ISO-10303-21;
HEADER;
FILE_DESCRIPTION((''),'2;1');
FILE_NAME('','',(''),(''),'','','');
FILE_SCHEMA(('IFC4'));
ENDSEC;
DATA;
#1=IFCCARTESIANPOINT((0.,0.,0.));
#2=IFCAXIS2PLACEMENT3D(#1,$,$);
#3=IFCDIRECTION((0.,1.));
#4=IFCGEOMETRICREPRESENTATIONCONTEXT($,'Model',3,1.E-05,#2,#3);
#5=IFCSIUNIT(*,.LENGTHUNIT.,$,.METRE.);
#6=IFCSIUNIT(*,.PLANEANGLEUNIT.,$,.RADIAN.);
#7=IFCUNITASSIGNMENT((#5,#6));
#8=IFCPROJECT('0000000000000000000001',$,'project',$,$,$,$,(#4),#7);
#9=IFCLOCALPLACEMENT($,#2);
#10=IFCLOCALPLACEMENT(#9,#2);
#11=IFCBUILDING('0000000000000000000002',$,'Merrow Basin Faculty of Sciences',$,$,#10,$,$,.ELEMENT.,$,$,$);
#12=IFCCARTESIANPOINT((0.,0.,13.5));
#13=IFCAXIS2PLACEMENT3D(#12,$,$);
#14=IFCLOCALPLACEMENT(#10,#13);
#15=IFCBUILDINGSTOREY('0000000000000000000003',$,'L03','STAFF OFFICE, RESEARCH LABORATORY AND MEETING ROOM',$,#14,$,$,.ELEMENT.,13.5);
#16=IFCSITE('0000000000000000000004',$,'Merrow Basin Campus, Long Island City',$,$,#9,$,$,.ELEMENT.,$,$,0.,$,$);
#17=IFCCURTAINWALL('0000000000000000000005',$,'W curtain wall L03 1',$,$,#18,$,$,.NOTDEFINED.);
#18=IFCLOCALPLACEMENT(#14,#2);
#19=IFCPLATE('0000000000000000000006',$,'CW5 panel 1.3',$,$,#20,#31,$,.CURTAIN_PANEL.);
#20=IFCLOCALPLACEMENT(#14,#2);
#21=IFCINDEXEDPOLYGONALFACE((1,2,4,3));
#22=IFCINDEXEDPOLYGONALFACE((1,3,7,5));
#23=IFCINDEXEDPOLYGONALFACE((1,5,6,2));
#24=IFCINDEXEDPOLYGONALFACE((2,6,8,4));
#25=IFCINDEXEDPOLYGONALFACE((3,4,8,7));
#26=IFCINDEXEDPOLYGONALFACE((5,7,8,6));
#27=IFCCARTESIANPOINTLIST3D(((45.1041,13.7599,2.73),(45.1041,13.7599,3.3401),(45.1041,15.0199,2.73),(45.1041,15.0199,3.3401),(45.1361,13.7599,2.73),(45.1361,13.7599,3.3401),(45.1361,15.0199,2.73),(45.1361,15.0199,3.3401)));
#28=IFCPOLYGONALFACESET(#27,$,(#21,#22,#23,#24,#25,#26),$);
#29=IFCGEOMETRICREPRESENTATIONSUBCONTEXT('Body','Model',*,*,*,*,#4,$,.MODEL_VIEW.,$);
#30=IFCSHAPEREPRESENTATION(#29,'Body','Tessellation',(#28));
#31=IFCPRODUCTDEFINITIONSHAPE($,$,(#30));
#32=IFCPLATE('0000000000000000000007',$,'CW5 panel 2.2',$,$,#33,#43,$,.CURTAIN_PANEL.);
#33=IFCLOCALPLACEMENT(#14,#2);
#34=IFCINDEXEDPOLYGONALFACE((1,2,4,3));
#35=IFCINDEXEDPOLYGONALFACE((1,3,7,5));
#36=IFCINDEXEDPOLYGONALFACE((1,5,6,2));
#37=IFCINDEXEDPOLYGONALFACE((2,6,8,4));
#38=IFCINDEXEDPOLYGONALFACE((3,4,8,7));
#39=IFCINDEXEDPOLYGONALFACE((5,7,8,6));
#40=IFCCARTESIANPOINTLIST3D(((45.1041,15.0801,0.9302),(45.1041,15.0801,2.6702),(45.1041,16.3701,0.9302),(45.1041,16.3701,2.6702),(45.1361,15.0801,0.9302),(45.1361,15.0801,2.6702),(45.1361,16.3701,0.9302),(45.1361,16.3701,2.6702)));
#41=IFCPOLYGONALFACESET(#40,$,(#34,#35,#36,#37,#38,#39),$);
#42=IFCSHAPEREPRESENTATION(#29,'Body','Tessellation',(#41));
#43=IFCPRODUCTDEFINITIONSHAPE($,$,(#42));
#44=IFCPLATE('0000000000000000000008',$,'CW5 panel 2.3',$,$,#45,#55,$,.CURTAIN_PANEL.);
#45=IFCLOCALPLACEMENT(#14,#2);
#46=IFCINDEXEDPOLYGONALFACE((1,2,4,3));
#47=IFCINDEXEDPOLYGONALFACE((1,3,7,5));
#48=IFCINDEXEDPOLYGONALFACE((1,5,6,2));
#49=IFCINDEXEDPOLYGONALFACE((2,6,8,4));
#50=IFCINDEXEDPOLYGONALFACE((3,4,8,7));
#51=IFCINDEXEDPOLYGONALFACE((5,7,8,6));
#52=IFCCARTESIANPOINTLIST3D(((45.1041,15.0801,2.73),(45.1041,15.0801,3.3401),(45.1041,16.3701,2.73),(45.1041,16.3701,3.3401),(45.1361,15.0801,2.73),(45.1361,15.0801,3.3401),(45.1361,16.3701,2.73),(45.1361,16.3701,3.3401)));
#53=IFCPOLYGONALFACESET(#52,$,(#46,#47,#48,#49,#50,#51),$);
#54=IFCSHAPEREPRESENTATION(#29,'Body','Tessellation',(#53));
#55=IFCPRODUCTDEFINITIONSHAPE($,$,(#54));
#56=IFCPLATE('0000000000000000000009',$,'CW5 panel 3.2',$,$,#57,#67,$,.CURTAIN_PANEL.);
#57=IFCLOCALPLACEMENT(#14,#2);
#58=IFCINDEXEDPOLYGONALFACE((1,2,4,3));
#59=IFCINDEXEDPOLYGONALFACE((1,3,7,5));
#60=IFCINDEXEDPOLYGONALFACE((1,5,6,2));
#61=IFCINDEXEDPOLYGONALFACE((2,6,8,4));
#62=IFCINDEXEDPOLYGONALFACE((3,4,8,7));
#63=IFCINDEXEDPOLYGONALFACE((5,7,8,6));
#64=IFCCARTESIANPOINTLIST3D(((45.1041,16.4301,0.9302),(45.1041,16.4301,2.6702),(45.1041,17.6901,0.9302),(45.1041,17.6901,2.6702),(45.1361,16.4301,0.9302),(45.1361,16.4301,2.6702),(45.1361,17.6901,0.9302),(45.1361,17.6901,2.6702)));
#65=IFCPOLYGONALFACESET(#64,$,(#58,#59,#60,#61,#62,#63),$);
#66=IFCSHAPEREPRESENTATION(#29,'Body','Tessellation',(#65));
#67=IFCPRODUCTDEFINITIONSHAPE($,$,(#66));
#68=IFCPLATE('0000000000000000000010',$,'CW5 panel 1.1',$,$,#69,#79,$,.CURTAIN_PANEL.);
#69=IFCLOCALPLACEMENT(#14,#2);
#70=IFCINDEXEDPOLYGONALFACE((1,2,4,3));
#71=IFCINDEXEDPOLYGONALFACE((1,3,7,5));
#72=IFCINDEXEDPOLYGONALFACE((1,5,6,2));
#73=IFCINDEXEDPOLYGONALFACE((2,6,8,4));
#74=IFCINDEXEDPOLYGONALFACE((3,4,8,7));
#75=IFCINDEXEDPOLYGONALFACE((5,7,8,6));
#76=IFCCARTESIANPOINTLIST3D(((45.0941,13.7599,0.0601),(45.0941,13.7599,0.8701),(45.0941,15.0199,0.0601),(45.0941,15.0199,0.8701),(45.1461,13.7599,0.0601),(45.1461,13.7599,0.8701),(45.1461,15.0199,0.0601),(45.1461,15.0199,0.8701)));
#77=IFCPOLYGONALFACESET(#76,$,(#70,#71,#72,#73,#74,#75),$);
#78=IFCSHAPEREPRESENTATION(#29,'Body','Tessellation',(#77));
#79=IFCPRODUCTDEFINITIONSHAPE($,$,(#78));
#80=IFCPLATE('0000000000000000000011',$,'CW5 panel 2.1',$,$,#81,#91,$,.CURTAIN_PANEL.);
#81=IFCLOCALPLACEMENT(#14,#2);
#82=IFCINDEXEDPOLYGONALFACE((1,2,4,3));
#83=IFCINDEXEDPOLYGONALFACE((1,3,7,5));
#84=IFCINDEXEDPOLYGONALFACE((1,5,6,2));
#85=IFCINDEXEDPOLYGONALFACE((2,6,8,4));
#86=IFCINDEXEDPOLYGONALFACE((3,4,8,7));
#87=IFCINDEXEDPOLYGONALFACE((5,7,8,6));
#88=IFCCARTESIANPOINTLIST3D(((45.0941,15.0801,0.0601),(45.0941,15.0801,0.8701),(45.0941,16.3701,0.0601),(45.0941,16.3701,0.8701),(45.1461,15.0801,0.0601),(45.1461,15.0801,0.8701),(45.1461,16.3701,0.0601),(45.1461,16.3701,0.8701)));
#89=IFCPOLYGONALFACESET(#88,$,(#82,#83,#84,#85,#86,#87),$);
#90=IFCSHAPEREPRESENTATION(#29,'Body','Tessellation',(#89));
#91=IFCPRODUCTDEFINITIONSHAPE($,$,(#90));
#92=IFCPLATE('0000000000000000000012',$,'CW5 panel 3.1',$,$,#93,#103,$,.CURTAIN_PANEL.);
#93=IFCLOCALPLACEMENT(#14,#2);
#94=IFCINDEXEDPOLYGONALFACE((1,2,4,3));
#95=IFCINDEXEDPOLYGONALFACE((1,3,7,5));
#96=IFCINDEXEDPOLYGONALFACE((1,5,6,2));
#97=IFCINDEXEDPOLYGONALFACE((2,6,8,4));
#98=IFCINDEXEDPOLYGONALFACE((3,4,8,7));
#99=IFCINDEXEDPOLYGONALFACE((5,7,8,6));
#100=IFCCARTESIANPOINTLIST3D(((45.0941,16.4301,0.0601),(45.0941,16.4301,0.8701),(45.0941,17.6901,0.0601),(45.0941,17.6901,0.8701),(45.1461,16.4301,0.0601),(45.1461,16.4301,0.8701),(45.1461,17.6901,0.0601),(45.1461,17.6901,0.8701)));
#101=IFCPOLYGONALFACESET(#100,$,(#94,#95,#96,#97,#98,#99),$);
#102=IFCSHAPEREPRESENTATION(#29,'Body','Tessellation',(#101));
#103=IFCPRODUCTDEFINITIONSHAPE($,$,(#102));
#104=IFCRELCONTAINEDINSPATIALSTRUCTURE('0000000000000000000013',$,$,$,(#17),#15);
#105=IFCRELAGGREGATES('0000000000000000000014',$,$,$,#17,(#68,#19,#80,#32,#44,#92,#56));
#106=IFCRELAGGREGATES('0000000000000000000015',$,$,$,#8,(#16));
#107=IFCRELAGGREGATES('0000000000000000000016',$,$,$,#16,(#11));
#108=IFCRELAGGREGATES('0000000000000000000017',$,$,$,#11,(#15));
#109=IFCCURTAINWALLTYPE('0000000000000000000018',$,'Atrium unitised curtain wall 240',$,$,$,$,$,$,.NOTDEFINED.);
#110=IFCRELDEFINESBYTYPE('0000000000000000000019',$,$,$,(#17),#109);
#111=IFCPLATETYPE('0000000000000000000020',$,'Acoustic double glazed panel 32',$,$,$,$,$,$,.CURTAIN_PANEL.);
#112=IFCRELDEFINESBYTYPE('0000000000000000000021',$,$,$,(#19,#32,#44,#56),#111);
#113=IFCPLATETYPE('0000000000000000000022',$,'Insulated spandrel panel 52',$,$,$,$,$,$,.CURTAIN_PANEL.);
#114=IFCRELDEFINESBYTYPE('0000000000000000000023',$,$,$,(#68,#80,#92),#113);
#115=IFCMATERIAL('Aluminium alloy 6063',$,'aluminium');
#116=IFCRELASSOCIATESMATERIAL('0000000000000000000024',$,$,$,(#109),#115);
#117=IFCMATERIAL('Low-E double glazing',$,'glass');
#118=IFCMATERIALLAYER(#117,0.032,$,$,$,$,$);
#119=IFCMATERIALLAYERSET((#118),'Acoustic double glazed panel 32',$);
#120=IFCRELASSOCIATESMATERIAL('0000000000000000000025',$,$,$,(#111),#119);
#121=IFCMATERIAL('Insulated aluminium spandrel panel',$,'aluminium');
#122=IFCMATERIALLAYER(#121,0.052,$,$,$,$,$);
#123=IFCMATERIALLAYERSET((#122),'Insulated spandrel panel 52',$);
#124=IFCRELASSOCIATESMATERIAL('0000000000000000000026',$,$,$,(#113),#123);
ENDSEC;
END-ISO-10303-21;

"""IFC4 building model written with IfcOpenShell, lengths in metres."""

from ifc_helpers import new_model, si_unit, direction, frame, origin, origin_2d, place, context, subcontext, project, spatial, rectangle, extrude, material, layer, layer_set, type_object, element, aggregate, save


model = new_model("IFC4")

# Units and contexts
model_context = context("Model", 3, precision=1e-05, world=origin(), true_north=direction((0.0, 1.0)))
body_context = subcontext(model_context, "Body", "Model", "MODEL_VIEW")
ifc_project = project(units=[si_unit("LENGTHUNIT", "METRE"), si_unit("PLANEANGLEUNIT", "RADIAN")], contexts=[model_context])

# Site, building, storey
site_placement = place(None, origin())
site = spatial("IfcSite", under=ifc_project, at=site_placement, Name="Merrow Basin Campus, Long Island City", CompositionType="ELEMENT", RefElevation=0.0)
building_placement = place(site_placement, origin())
building = spatial("IfcBuilding", under=site, at=building_placement, Name="Merrow Basin Faculty of Sciences", CompositionType="ELEMENT")
storey_placement = place(building_placement, frame((0.0, 0.0, 13.5)))
storey = spatial("IfcBuildingStorey", under=building, at=storey_placement, Name="L03", Description="STAFF OFFICE, RESEARCH LABORATORY AND MEETING ROOM", CompositionType="ELEMENT", Elevation=13.5)

# Curtain wall, plates
ifc_material_1 = material(Name="Aluminium alloy 6063", Category="aluminium")
curtain_wall_type = type_object("IfcCurtainWallType", Name="Atrium unitised curtain wall 240", PredefinedType="NOTDEFINED", material=ifc_material_1)
curtain_wall_placement = place(storey_placement, origin())
curtain_wall = element("IfcCurtainWall", 1, at=curtain_wall_placement, inside=storey, type_object=curtain_wall_type, Name="W curtain wall L03 1", PredefinedType="NOTDEFINED")
ifc_material_2 = material(Name="Low-E double glazing", Category="glass")
ifc_layer_1 = layer(ifc_material_2, 0.032)
ifc_layer_set_1 = layer_set([ifc_layer_1], Name="Acoustic double glazed panel 32")
plate_type_1 = type_object("IfcPlateType", Name="Acoustic double glazed panel 32", PredefinedType="CURTAIN_PANEL", material=ifc_layer_set_1)
plate_1_placement = place(storey_placement, frame((45.1201, 14.3899, 2.73), z_axis=(0.0, 0.0, 1.0), x_axis=(0.0, 1.0, 0.0)))
plate_1 = element("IfcPlate", 2, at=plate_1_placement, type_object=plate_type_1, Name="CW5 panel 1.3", PredefinedType="CURTAIN_PANEL", context=body_context, shape_type="SweptSolid", body=[
    extrude(rectangle(XDim=1.26, YDim=0.032, at=origin_2d()), origin(), (0.0, 0.0, 1.0), 0.6101),
])
plate_2_placement = place(storey_placement, frame((45.1201, 15.7251, 0.9302), z_axis=(0.0, 0.0, 1.0), x_axis=(0.0, 1.0, 0.0)))
plate_2 = element("IfcPlate", 3, at=plate_2_placement, type_object=plate_type_1, Name="CW5 panel 2.2", PredefinedType="CURTAIN_PANEL", context=body_context, shape_type="SweptSolid", body=[
    extrude(rectangle(XDim=1.29, YDim=0.032, at=origin_2d()), origin(), (0.0, 0.0, 1.0), 1.74),
])
plate_3_placement = place(storey_placement, frame((45.1201, 15.7251, 2.73), z_axis=(0.0, 0.0, 1.0), x_axis=(0.0, 1.0, 0.0)))
plate_3 = element("IfcPlate", 4, at=plate_3_placement, type_object=plate_type_1, Name="CW5 panel 2.3", PredefinedType="CURTAIN_PANEL", context=body_context, shape_type="SweptSolid", body=[
    extrude(rectangle(XDim=1.29, YDim=0.032, at=origin_2d()), origin(), (0.0, 0.0, 1.0), 0.6101),
])
plate_4_placement = place(storey_placement, frame((45.1201, 17.0601, 0.9302), z_axis=(0.0, 0.0, 1.0), x_axis=(0.0, 1.0, 0.0)))
plate_4 = element("IfcPlate", 5, at=plate_4_placement, type_object=plate_type_1, Name="CW5 panel 3.2", PredefinedType="CURTAIN_PANEL", context=body_context, shape_type="SweptSolid", body=[
    extrude(rectangle(XDim=1.26, YDim=0.032, at=origin_2d()), origin(), (0.0, 0.0, 1.0), 1.74),
])
ifc_material_3 = material(Name="Insulated aluminium spandrel panel", Category="aluminium")
ifc_layer_2 = layer(ifc_material_3, 0.052)
ifc_layer_set_2 = layer_set([ifc_layer_2], Name="Insulated spandrel panel 52")
plate_type_2 = type_object("IfcPlateType", Name="Insulated spandrel panel 52", PredefinedType="CURTAIN_PANEL", material=ifc_layer_set_2)
plate_5_placement = place(storey_placement, frame((45.1201, 14.3899, 0.0601), z_axis=(0.0, 0.0, 1.0), x_axis=(0.0, 1.0, 0.0)))
plate_5 = element("IfcPlate", 6, at=plate_5_placement, type_object=plate_type_2, Name="CW5 panel 1.1", PredefinedType="CURTAIN_PANEL", context=body_context, shape_type="SweptSolid", body=[
    extrude(rectangle(XDim=1.26, YDim=0.052, at=origin_2d()), origin(), (0.0, 0.0, 1.0), 0.8101),
])
plate_6_placement = place(storey_placement, frame((45.1201, 15.7251, 0.0601), z_axis=(0.0, 0.0, 1.0), x_axis=(0.0, 1.0, 0.0)))
plate_6 = element("IfcPlate", 7, at=plate_6_placement, type_object=plate_type_2, Name="CW5 panel 2.1", PredefinedType="CURTAIN_PANEL", context=body_context, shape_type="SweptSolid", body=[
    extrude(rectangle(XDim=1.29, YDim=0.052, at=origin_2d()), origin(), (0.0, 0.0, 1.0), 0.8101),
])
plate_7_placement = place(storey_placement, frame((45.1201, 17.0601, 0.0601), z_axis=(0.0, 0.0, 1.0), x_axis=(0.0, 1.0, 0.0)))
plate_7 = element("IfcPlate", 8, at=plate_7_placement, type_object=plate_type_2, Name="CW5 panel 3.1", PredefinedType="CURTAIN_PANEL", context=body_context, shape_type="SweptSolid", body=[
    extrude(rectangle(XDim=1.26, YDim=0.052, at=origin_2d()), origin(), (0.0, 0.0, 1.0), 0.8101),
])
aggregate(curtain_wall, [plate_5, plate_1, plate_6, plate_2, plate_3, plate_7, plate_4])

save(model, "model.ifc")
